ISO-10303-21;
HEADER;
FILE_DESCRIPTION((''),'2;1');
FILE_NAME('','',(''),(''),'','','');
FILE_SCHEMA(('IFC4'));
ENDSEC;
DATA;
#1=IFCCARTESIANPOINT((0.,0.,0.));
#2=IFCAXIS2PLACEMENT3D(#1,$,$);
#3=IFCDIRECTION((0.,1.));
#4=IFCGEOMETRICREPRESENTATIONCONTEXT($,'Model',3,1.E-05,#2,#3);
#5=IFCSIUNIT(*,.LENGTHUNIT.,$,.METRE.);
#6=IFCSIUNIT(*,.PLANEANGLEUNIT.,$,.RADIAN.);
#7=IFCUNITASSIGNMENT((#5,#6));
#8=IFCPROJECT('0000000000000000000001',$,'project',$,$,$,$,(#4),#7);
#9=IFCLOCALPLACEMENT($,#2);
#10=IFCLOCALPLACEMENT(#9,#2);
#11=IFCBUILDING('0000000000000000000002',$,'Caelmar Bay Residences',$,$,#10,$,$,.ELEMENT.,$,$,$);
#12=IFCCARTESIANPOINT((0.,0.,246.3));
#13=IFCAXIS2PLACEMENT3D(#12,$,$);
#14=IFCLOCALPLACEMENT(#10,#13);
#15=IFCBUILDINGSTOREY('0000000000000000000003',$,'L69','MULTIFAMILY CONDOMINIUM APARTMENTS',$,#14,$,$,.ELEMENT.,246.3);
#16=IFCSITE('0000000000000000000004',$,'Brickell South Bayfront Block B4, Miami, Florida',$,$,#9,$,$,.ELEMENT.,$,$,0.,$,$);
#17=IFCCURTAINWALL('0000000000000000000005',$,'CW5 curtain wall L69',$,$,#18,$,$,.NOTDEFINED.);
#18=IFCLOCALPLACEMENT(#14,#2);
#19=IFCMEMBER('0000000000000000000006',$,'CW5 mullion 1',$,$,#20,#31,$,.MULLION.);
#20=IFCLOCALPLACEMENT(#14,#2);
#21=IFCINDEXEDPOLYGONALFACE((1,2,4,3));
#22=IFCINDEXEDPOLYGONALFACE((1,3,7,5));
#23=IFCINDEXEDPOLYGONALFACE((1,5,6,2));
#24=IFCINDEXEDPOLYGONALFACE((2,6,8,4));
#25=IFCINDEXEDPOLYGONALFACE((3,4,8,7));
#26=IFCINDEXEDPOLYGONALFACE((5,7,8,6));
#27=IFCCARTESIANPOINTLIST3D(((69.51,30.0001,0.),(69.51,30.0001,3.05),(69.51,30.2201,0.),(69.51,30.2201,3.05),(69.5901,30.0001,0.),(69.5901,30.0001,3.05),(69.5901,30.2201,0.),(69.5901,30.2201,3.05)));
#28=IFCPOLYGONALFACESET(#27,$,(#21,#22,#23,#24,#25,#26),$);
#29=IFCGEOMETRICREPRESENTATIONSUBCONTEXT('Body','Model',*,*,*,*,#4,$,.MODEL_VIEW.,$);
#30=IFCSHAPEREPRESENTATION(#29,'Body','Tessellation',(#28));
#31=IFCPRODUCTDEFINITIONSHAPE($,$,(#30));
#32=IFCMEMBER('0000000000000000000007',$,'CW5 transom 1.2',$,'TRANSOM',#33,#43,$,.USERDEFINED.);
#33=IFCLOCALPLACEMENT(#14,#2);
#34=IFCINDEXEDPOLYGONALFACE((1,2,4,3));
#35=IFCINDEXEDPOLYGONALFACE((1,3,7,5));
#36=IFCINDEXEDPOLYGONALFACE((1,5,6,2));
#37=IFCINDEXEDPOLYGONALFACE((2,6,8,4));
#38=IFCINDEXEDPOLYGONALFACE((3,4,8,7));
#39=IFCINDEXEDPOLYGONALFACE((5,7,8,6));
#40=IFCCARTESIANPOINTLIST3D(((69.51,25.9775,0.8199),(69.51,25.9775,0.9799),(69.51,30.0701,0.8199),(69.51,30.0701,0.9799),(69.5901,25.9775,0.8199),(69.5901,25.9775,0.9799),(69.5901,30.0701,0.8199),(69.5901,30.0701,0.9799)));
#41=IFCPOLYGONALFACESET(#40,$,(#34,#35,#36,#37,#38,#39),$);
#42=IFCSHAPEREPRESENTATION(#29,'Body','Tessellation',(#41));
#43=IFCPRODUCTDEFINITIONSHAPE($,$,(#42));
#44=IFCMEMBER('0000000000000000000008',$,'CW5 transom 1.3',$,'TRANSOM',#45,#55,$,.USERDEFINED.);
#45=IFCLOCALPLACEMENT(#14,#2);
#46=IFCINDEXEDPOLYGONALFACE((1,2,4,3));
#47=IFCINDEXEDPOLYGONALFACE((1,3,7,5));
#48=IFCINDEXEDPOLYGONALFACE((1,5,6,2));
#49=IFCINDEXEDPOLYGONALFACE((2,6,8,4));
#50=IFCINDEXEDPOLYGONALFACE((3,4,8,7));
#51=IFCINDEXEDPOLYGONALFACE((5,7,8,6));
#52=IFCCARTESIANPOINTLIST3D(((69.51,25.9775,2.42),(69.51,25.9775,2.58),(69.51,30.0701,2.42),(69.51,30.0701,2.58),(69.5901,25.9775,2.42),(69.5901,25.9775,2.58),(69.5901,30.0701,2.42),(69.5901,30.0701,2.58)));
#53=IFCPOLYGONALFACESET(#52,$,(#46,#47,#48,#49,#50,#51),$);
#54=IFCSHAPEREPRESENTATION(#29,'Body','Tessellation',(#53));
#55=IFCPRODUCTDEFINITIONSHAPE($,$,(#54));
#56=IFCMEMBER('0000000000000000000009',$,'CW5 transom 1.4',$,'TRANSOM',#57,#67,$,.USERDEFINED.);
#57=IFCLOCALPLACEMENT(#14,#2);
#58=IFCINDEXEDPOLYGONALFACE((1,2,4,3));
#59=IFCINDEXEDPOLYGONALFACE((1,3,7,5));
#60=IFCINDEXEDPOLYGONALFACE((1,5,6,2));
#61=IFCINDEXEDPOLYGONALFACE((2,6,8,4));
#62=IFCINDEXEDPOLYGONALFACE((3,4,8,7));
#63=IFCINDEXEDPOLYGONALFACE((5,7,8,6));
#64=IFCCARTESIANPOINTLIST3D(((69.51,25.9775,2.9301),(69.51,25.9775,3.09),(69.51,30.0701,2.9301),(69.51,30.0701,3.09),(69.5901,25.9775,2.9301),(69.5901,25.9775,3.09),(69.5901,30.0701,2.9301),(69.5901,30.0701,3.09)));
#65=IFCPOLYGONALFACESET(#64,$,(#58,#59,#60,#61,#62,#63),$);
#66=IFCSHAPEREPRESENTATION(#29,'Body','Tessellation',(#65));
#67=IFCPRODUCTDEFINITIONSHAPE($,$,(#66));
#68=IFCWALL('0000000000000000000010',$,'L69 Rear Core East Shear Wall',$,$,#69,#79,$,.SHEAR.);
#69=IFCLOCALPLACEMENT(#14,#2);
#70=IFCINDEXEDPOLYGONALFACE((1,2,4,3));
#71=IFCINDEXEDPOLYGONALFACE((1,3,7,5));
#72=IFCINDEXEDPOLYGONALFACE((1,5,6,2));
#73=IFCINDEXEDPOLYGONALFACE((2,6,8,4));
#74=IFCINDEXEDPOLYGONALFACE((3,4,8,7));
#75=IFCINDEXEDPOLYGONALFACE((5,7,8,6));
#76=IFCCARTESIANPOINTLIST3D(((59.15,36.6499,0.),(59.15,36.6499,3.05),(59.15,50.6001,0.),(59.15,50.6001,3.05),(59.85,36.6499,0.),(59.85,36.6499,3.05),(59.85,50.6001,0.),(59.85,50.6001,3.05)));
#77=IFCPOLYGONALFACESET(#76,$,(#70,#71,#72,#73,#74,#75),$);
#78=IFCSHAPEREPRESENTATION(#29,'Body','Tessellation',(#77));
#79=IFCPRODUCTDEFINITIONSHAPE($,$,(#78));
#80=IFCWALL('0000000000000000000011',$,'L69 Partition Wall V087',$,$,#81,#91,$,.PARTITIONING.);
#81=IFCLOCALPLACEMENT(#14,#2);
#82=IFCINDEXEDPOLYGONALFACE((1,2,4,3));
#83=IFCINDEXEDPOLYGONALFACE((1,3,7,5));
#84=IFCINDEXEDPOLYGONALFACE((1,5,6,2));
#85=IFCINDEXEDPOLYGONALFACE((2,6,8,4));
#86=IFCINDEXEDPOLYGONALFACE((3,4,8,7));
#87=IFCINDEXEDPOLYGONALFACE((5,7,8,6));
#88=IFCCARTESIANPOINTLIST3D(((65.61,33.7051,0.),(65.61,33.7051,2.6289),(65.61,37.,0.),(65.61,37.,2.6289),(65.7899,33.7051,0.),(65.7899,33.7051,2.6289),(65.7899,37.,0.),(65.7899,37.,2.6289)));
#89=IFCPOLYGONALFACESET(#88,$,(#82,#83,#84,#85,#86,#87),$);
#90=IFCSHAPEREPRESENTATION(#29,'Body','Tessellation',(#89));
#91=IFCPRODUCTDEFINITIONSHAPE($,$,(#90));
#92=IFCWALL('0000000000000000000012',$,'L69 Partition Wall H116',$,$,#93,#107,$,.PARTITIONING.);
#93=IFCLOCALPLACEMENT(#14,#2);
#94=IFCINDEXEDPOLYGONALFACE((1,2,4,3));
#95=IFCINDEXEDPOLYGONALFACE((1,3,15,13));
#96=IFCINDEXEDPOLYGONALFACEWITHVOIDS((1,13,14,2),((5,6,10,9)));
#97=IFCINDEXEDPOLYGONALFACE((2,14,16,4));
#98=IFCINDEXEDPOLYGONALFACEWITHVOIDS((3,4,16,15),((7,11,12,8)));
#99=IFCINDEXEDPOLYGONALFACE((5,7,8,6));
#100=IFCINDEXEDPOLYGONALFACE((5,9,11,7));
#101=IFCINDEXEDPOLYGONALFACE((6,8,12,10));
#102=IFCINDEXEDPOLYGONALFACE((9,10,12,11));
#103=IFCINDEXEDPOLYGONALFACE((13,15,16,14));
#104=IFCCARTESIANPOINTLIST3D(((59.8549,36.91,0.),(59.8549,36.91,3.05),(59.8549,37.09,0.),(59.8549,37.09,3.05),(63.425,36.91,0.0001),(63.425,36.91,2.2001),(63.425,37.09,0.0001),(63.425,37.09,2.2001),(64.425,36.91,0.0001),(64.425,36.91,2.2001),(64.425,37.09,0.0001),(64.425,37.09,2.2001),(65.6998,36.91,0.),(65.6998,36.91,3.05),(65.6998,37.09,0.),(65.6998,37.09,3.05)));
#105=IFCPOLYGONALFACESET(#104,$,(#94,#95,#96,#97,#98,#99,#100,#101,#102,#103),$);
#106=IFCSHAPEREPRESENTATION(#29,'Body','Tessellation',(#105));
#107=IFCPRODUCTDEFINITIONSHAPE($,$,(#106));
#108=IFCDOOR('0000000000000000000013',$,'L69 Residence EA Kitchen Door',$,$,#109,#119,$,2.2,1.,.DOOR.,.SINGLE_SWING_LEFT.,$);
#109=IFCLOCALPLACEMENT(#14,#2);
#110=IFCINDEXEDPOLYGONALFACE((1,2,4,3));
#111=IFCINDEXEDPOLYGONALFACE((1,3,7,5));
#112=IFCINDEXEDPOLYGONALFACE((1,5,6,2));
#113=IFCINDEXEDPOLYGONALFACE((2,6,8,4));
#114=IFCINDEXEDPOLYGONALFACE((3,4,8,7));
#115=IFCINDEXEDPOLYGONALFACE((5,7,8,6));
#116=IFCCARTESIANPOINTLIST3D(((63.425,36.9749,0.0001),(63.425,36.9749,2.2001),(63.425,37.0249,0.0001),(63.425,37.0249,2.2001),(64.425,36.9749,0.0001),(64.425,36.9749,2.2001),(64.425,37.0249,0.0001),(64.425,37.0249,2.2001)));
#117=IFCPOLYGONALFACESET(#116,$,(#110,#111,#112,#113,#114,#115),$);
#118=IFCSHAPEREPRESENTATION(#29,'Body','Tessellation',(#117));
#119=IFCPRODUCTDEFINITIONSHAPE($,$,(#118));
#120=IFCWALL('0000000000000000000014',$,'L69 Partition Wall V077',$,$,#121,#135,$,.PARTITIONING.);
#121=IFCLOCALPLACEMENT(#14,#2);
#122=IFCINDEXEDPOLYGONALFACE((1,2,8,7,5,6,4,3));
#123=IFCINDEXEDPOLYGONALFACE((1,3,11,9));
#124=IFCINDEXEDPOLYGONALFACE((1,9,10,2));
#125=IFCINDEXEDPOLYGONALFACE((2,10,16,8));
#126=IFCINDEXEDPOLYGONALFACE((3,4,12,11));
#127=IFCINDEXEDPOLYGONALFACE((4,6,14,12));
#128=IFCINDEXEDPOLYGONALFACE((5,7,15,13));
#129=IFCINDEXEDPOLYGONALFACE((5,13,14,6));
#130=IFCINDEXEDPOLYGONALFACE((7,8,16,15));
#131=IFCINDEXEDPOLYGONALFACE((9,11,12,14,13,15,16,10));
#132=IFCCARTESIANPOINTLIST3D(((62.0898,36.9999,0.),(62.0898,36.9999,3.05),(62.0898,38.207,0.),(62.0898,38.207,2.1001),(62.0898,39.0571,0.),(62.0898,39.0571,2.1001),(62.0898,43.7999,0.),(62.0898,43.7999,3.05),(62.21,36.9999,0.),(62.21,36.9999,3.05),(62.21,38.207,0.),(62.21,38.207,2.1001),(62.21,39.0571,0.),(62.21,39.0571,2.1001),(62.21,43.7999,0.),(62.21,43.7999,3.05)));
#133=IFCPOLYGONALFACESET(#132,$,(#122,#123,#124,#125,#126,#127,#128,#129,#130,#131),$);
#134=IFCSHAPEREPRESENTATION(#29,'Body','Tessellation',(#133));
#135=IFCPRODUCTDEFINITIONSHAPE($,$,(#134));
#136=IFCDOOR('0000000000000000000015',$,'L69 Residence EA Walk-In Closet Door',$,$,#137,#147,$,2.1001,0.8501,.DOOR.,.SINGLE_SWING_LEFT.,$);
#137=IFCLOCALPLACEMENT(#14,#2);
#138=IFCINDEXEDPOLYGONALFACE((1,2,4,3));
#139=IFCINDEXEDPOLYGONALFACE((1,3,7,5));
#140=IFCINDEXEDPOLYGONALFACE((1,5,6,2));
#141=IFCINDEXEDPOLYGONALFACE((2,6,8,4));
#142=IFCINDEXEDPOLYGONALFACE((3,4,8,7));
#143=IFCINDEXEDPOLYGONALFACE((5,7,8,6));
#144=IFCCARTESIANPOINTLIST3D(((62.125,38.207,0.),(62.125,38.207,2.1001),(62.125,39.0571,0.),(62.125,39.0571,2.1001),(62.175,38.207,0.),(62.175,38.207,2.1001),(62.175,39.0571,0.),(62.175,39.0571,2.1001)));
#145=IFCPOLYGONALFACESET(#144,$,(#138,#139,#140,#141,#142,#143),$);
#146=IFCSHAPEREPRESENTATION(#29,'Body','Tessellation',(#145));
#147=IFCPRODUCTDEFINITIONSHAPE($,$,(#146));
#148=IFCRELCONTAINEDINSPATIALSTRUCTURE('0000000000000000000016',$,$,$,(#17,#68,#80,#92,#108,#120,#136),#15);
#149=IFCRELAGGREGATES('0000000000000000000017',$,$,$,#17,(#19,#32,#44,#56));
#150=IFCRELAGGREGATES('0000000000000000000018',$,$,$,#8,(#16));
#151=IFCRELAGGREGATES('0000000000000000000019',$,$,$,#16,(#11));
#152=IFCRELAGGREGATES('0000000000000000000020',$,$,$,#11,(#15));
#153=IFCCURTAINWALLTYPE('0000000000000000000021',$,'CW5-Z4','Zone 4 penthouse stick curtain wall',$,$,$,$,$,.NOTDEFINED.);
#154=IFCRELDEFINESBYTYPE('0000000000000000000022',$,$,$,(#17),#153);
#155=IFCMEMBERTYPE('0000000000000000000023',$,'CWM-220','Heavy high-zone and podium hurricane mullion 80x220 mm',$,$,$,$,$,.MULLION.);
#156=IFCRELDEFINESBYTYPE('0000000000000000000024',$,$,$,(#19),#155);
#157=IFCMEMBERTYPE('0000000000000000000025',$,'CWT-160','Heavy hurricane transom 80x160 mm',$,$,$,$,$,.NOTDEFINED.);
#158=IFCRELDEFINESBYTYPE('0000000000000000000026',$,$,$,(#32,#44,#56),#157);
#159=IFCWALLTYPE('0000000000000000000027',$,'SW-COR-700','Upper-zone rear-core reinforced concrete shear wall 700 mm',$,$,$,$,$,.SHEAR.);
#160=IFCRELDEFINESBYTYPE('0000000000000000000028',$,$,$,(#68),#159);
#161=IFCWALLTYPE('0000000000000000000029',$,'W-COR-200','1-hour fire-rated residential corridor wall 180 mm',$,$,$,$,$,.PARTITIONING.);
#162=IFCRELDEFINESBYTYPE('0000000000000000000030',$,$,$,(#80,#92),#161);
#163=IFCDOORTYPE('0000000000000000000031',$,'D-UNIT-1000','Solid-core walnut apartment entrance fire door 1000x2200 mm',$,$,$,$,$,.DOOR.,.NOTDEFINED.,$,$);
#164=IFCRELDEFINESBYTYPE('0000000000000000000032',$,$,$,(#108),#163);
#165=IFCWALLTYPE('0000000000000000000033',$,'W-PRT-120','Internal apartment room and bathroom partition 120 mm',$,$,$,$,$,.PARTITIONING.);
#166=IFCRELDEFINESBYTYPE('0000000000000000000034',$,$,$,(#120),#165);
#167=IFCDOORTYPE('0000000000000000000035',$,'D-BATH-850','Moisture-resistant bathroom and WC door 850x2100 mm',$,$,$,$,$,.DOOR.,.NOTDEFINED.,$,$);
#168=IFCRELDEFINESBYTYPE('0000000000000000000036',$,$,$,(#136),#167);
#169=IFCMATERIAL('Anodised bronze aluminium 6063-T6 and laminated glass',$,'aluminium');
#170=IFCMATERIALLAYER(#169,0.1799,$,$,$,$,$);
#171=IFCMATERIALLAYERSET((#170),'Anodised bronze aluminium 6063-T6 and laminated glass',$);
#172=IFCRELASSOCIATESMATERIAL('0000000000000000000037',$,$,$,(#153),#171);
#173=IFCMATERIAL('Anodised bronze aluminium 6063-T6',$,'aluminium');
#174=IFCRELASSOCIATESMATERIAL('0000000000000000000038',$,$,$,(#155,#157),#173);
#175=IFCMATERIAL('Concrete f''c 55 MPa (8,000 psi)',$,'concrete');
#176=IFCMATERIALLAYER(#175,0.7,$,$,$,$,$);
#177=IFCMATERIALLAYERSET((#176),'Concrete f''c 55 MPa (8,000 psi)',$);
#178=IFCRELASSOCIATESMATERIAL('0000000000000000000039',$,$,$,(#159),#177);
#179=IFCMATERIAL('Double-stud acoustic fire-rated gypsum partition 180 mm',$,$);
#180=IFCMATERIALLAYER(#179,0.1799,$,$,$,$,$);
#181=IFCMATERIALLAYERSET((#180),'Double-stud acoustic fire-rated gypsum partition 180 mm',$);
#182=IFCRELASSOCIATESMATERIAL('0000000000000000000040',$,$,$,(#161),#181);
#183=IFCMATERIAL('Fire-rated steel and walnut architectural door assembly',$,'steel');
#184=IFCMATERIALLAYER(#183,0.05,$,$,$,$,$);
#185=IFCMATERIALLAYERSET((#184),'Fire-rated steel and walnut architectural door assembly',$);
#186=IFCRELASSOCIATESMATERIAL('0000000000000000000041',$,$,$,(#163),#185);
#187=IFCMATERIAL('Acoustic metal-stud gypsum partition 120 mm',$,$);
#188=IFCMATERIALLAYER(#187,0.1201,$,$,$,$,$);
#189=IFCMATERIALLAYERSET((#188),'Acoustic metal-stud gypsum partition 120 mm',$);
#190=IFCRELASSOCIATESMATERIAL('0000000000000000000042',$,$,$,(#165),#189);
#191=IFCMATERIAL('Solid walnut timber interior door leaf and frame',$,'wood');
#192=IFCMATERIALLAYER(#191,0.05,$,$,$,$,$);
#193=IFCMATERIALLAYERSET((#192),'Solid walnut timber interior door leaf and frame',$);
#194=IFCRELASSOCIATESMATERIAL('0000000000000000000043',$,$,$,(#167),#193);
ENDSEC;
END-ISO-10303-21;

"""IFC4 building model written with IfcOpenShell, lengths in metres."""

from ifc_helpers import new_model, si_unit, direction, frame, frame_2d, origin, origin_2d, place, context, subcontext, project, spatial, rectangle, extrude, material, layer, layer_set, material_profile, profile_set, type_object, element, fill, aggregate, save


model = new_model("IFC4")

# Units and contexts
model_context = context("Model", 3, precision=1e-05, world=origin(), true_north=direction((0.0, 1.0)))
body_context = subcontext(model_context, "Body", "Model", "MODEL_VIEW")
ifc_project = project(units=[si_unit("LENGTHUNIT", "METRE"), si_unit("PLANEANGLEUNIT", "RADIAN")], contexts=[model_context])

# Site, building, storey
site_placement = place(None, origin())
site = spatial("IfcSite", under=ifc_project, at=site_placement, Name="Brickell South Bayfront Block B4, Miami, Florida", CompositionType="ELEMENT", RefElevation=0.0)
building_placement = place(site_placement, origin())
building = spatial("IfcBuilding", under=site, at=building_placement, Name="Caelmar Bay Residences", CompositionType="ELEMENT")
storey_placement = place(building_placement, frame((0.0, 0.0, 246.3)))
storey = spatial("IfcBuildingStorey", under=building, at=storey_placement, Name="L69", Description="MULTIFAMILY CONDOMINIUM APARTMENTS", CompositionType="ELEMENT", Elevation=246.3)

# Curtain wall, members
ifc_material_1 = material(Name="Anodised bronze aluminium 6063-T6 and laminated glass", Category="aluminium")
ifc_layer_1 = layer(ifc_material_1, 0.1799)
ifc_layer_set_1 = layer_set([ifc_layer_1], Name="Anodised bronze aluminium 6063-T6 and laminated glass")
curtain_wall_type = type_object("IfcCurtainWallType", Name="CW5-Z4", Description="Zone 4 penthouse stick curtain wall", PredefinedType="NOTDEFINED", material=ifc_layer_set_1)
curtain_wall_placement = place(storey_placement, origin())
curtain_wall = element("IfcCurtainWall", 1, at=curtain_wall_placement, inside=storey, type_object=curtain_wall_type, Name="CW5 curtain wall L69", PredefinedType="NOTDEFINED")
ifc_material_2 = material(Name="Anodised bronze aluminium 6063-T6", Category="aluminium")
ifc_material_profile_1 = material_profile(ifc_material_2, rectangle(XDim=0.0801, YDim=0.22, at=origin_2d()), Name="CWM-80X220")
ifc_profile_set_1 = profile_set([ifc_material_profile_1], Name="Anodised bronze aluminium 6063-T6")
member_type_1 = type_object("IfcMemberType", Name="CWM-220", Description="Heavy high-zone and podium hurricane mullion 80x220 mm", PredefinedType="MULLION", material=ifc_profile_set_1)
member_1_placement = place(storey_placement, frame((69.55, 30.1101, 0.0), z_axis=(0.0, 0.0, 1.0), x_axis=(1.0, 0.0, 0.0)))
member_1 = element("IfcMember", 2, at=member_1_placement, type_object=member_type_1, Name="CW5 mullion 1", PredefinedType="MULLION", context=body_context, shape_type="SweptSolid", body=[
    extrude(rectangle(XDim=0.0801, YDim=0.22, at=origin_2d()), origin(), (0.0, 0.0, 1.0), 3.05),
])
ifc_material_profile_2 = material_profile(ifc_material_2, rectangle(XDim=0.0801, YDim=0.1599, at=origin_2d()), Name="CWT-80X160")
ifc_profile_set_2 = profile_set([ifc_material_profile_2], Name="Anodised bronze aluminium 6063-T6")
member_type_2 = type_object("IfcMemberType", Name="CWT-160", Description="Heavy hurricane transom 80x160 mm", PredefinedType="NOTDEFINED", material=ifc_profile_set_2)
member_2_placement = place(storey_placement, frame((69.55, 30.0701, 0.8999), z_axis=(0.0, -1.0, 0.0), x_axis=(1.0, 0.0, 0.0)))
member_2 = element("IfcMember", 3, at=member_2_placement, type_object=member_type_2, Name="CW5 transom 1.2", ObjectType="TRANSOM", PredefinedType="USERDEFINED", context=body_context, shape_type="SweptSolid", body=[
    extrude(rectangle(XDim=0.0801, YDim=0.1599, at=origin_2d()), origin(), (0.0, 0.0, 1.0), 4.0925),
])
member_3_placement = place(storey_placement, frame((69.55, 30.0701, 2.5), z_axis=(0.0, -1.0, 0.0), x_axis=(1.0, 0.0, 0.0)))
member_3 = element("IfcMember", 4, at=member_3_placement, type_object=member_type_2, Name="CW5 transom 1.3", ObjectType="TRANSOM", PredefinedType="USERDEFINED", context=body_context, shape_type="SweptSolid", body=[
    extrude(rectangle(XDim=0.0801, YDim=0.1599, at=origin_2d()), origin(), (0.0, 0.0, 1.0), 4.0925),
])
member_4_placement = place(storey_placement, frame((69.55, 30.0701, 3.01), z_axis=(0.0, -1.0, 0.0), x_axis=(1.0, 0.0, 0.0)))
member_4 = element("IfcMember", 5, at=member_4_placement, type_object=member_type_2, Name="CW5 transom 1.4", ObjectType="TRANSOM", PredefinedType="USERDEFINED", context=body_context, shape_type="SweptSolid", body=[
    extrude(rectangle(XDim=0.0801, YDim=0.1599, at=origin_2d()), origin(), (0.0, 0.0, 1.0), 4.0925),
])
aggregate(curtain_wall, [member_1, member_2, member_3, member_4])

# Walls
ifc_material_3 = material(Name="Concrete f'c 55 MPa (8,000 psi)", Category="concrete")
ifc_layer_2 = layer(ifc_material_3, 0.7)
ifc_layer_set_2 = layer_set([ifc_layer_2], Name="Concrete f'c 55 MPa (8,000 psi)")
wall_type_1 = type_object("IfcWallType", Name="SW-COR-700", Description="Upper-zone rear-core reinforced concrete shear wall 700 mm", PredefinedType="SHEAR", material=ifc_layer_set_2)
wall_1_placement = place(storey_placement, frame((59.5, 36.6499, 0.0), z_axis=(0.0, 0.0, 1.0), x_axis=(0.0, 1.0, 0.0)))
element("IfcWall", 6, at=wall_1_placement, inside=storey, type_object=wall_type_1, Name="L69 Rear Core East Shear Wall", PredefinedType="SHEAR", context=body_context, shape_type="SweptSolid", body=[
    extrude(rectangle(XDim=13.9502, YDim=0.7, at=frame_2d((6.9751, 0.0))), origin(), (0.0, 0.0, 1.0), 3.05),
])
ifc_material_4 = material(Name="Double-stud acoustic fire-rated gypsum partition 180 mm")
ifc_layer_3 = layer(ifc_material_4, 0.1799)
ifc_layer_set_3 = layer_set([ifc_layer_3], Name="Double-stud acoustic fire-rated gypsum partition 180 mm")
wall_type_2 = type_object("IfcWallType", Name="W-COR-200", Description="1-hour fire-rated residential corridor wall 180 mm", PredefinedType="PARTITIONING", material=ifc_layer_set_3)
wall_2_placement = place(storey_placement, frame((65.7, 33.7051, 0.0), z_axis=(0.0, 0.0, 1.0), x_axis=(0.0, 1.0, 0.0)))
element("IfcWall", 7, at=wall_2_placement, inside=storey, type_object=wall_type_2, Name="L69 Partition Wall V087", PredefinedType="PARTITIONING", context=body_context, shape_type="SweptSolid", body=[
    extrude(rectangle(XDim=3.2949, YDim=0.1799, at=frame_2d((1.6475, 0.0))), origin(), (0.0, 0.0, 1.0), 2.6289),
])

# Walls, openings, doors
wall_3_placement = place(storey_placement, frame((59.855, 37.0, 0.0), z_axis=(0.0, 0.0, 1.0), x_axis=(1.0, 0.0, 0.0)))
wall_3 = element("IfcWall", 8, at=wall_3_placement, inside=storey, type_object=wall_type_2, Name="L69 Partition Wall H116", PredefinedType="PARTITIONING", context=body_context, shape_type="SweptSolid", body=[
    extrude(rectangle(XDim=5.845, YDim=0.1799, at=frame_2d((2.9224, 0.0))), origin(), (0.0, 0.0, 1.0), 3.05),
])
opening_1_placement = place(wall_3_placement, frame((3.5701, 0.0, 0.0)))
opening_1 = element("IfcOpeningElement", 9, at=opening_1_placement, cuts=wall_3, PredefinedType="OPENING", context=body_context, shape_type="SweptSolid", body=[
    extrude(rectangle(XDim=1.0, YDim=2.2, at=frame_2d((0.5, 1.1001))), frame((0.0, 0.0999, 0.0), z_axis=(0.0, -1.0, 0.0), x_axis=(1.0, 0.0, 0.0)), (0.0, 0.0, 1.0), 0.2),
])
ifc_material_5 = material(Name="Fire-rated steel and walnut architectural door assembly", Category="steel")
ifc_layer_4 = layer(ifc_material_5, 0.05)
ifc_layer_set_4 = layer_set([ifc_layer_4], Name="Fire-rated steel and walnut architectural door assembly")
door_type_1 = type_object("IfcDoorType", Name="D-UNIT-1000", Description="Solid-core walnut apartment entrance fire door 1000x2200 mm", OperationType="NOTDEFINED", PredefinedType="DOOR", material=ifc_layer_set_4)
door_1_placement = place(opening_1_placement, origin())
door_1 = element("IfcDoor", 10, at=door_1_placement, inside=storey, type_object=door_type_1, Name="L69 Residence EA Kitchen Door", OperationType="SINGLE_SWING_LEFT", OverallHeight=2.2, OverallWidth=1.0, PredefinedType="DOOR", context=body_context, shape_type="SweptSolid", body=[
    extrude(rectangle(XDim=1.0, YDim=2.2, at=frame_2d((0.5, 1.1001))), frame((0.0, 0.0249, 0.0), z_axis=(0.0, -1.0, 0.0), x_axis=(1.0, 0.0, 0.0)), (0.0, 0.0, 1.0), 0.05),
])
fill(opening_1, door_1)
ifc_material_6 = material(Name="Acoustic metal-stud gypsum partition 120 mm")
ifc_layer_5 = layer(ifc_material_6, 0.1201)
ifc_layer_set_5 = layer_set([ifc_layer_5], Name="Acoustic metal-stud gypsum partition 120 mm")
wall_type_3 = type_object("IfcWallType", Name="W-PRT-120", Description="Internal apartment room and bathroom partition 120 mm", PredefinedType="PARTITIONING", material=ifc_layer_set_5)
wall_4_placement = place(storey_placement, frame((62.1499, 37.0, 0.0), z_axis=(0.0, 0.0, 1.0), x_axis=(0.0, 1.0, 0.0)))
wall_4 = element("IfcWall", 11, at=wall_4_placement, inside=storey, type_object=wall_type_3, Name="L69 Partition Wall V077", PredefinedType="PARTITIONING", context=body_context, shape_type="SweptSolid", body=[
    extrude(rectangle(XDim=6.8, YDim=0.1201, at=frame_2d((3.3999, 0.0))), origin(), (0.0, 0.0, 1.0), 3.05),
])
opening_2_placement = place(wall_4_placement, frame((1.207, 0.0, 0.0)))
opening_2 = element("IfcOpeningElement", 12, at=opening_2_placement, cuts=wall_4, PredefinedType="OPENING", context=body_context, shape_type="SweptSolid", body=[
    extrude(rectangle(XDim=0.8501, YDim=2.1001, at=frame_2d((0.425, 1.05))), frame((0.0, 0.0701, 0.0), z_axis=(0.0, -1.0, 0.0), x_axis=(1.0, 0.0, 0.0)), (0.0, 0.0, 1.0), 0.1401),
])
ifc_material_7 = material(Name="Solid walnut timber interior door leaf and frame", Category="wood")
ifc_layer_6 = layer(ifc_material_7, 0.05)
ifc_layer_set_6 = layer_set([ifc_layer_6], Name="Solid walnut timber interior door leaf and frame")
door_type_2 = type_object("IfcDoorType", Name="D-BATH-850", Description="Moisture-resistant bathroom and WC door 850x2100 mm", OperationType="NOTDEFINED", PredefinedType="DOOR", material=ifc_layer_set_6)
door_2_placement = place(opening_2_placement, origin())
door_2 = element("IfcDoor", 13, at=door_2_placement, inside=storey, type_object=door_type_2, Name="L69 Residence EA Walk-In Closet Door", OperationType="SINGLE_SWING_LEFT", OverallHeight=2.1001, OverallWidth=0.8501, PredefinedType="DOOR", context=body_context, shape_type="SweptSolid", body=[
    extrude(rectangle(XDim=0.8501, YDim=2.1001, at=frame_2d((0.425, 1.05))), frame((0.0, 0.0249, 0.0), z_axis=(0.0, -1.0, 0.0), x_axis=(1.0, 0.0, 0.0)), (0.0, 0.0, 1.0), 0.05),
])
fill(opening_2, door_2)

save(model, "model.ifc")
